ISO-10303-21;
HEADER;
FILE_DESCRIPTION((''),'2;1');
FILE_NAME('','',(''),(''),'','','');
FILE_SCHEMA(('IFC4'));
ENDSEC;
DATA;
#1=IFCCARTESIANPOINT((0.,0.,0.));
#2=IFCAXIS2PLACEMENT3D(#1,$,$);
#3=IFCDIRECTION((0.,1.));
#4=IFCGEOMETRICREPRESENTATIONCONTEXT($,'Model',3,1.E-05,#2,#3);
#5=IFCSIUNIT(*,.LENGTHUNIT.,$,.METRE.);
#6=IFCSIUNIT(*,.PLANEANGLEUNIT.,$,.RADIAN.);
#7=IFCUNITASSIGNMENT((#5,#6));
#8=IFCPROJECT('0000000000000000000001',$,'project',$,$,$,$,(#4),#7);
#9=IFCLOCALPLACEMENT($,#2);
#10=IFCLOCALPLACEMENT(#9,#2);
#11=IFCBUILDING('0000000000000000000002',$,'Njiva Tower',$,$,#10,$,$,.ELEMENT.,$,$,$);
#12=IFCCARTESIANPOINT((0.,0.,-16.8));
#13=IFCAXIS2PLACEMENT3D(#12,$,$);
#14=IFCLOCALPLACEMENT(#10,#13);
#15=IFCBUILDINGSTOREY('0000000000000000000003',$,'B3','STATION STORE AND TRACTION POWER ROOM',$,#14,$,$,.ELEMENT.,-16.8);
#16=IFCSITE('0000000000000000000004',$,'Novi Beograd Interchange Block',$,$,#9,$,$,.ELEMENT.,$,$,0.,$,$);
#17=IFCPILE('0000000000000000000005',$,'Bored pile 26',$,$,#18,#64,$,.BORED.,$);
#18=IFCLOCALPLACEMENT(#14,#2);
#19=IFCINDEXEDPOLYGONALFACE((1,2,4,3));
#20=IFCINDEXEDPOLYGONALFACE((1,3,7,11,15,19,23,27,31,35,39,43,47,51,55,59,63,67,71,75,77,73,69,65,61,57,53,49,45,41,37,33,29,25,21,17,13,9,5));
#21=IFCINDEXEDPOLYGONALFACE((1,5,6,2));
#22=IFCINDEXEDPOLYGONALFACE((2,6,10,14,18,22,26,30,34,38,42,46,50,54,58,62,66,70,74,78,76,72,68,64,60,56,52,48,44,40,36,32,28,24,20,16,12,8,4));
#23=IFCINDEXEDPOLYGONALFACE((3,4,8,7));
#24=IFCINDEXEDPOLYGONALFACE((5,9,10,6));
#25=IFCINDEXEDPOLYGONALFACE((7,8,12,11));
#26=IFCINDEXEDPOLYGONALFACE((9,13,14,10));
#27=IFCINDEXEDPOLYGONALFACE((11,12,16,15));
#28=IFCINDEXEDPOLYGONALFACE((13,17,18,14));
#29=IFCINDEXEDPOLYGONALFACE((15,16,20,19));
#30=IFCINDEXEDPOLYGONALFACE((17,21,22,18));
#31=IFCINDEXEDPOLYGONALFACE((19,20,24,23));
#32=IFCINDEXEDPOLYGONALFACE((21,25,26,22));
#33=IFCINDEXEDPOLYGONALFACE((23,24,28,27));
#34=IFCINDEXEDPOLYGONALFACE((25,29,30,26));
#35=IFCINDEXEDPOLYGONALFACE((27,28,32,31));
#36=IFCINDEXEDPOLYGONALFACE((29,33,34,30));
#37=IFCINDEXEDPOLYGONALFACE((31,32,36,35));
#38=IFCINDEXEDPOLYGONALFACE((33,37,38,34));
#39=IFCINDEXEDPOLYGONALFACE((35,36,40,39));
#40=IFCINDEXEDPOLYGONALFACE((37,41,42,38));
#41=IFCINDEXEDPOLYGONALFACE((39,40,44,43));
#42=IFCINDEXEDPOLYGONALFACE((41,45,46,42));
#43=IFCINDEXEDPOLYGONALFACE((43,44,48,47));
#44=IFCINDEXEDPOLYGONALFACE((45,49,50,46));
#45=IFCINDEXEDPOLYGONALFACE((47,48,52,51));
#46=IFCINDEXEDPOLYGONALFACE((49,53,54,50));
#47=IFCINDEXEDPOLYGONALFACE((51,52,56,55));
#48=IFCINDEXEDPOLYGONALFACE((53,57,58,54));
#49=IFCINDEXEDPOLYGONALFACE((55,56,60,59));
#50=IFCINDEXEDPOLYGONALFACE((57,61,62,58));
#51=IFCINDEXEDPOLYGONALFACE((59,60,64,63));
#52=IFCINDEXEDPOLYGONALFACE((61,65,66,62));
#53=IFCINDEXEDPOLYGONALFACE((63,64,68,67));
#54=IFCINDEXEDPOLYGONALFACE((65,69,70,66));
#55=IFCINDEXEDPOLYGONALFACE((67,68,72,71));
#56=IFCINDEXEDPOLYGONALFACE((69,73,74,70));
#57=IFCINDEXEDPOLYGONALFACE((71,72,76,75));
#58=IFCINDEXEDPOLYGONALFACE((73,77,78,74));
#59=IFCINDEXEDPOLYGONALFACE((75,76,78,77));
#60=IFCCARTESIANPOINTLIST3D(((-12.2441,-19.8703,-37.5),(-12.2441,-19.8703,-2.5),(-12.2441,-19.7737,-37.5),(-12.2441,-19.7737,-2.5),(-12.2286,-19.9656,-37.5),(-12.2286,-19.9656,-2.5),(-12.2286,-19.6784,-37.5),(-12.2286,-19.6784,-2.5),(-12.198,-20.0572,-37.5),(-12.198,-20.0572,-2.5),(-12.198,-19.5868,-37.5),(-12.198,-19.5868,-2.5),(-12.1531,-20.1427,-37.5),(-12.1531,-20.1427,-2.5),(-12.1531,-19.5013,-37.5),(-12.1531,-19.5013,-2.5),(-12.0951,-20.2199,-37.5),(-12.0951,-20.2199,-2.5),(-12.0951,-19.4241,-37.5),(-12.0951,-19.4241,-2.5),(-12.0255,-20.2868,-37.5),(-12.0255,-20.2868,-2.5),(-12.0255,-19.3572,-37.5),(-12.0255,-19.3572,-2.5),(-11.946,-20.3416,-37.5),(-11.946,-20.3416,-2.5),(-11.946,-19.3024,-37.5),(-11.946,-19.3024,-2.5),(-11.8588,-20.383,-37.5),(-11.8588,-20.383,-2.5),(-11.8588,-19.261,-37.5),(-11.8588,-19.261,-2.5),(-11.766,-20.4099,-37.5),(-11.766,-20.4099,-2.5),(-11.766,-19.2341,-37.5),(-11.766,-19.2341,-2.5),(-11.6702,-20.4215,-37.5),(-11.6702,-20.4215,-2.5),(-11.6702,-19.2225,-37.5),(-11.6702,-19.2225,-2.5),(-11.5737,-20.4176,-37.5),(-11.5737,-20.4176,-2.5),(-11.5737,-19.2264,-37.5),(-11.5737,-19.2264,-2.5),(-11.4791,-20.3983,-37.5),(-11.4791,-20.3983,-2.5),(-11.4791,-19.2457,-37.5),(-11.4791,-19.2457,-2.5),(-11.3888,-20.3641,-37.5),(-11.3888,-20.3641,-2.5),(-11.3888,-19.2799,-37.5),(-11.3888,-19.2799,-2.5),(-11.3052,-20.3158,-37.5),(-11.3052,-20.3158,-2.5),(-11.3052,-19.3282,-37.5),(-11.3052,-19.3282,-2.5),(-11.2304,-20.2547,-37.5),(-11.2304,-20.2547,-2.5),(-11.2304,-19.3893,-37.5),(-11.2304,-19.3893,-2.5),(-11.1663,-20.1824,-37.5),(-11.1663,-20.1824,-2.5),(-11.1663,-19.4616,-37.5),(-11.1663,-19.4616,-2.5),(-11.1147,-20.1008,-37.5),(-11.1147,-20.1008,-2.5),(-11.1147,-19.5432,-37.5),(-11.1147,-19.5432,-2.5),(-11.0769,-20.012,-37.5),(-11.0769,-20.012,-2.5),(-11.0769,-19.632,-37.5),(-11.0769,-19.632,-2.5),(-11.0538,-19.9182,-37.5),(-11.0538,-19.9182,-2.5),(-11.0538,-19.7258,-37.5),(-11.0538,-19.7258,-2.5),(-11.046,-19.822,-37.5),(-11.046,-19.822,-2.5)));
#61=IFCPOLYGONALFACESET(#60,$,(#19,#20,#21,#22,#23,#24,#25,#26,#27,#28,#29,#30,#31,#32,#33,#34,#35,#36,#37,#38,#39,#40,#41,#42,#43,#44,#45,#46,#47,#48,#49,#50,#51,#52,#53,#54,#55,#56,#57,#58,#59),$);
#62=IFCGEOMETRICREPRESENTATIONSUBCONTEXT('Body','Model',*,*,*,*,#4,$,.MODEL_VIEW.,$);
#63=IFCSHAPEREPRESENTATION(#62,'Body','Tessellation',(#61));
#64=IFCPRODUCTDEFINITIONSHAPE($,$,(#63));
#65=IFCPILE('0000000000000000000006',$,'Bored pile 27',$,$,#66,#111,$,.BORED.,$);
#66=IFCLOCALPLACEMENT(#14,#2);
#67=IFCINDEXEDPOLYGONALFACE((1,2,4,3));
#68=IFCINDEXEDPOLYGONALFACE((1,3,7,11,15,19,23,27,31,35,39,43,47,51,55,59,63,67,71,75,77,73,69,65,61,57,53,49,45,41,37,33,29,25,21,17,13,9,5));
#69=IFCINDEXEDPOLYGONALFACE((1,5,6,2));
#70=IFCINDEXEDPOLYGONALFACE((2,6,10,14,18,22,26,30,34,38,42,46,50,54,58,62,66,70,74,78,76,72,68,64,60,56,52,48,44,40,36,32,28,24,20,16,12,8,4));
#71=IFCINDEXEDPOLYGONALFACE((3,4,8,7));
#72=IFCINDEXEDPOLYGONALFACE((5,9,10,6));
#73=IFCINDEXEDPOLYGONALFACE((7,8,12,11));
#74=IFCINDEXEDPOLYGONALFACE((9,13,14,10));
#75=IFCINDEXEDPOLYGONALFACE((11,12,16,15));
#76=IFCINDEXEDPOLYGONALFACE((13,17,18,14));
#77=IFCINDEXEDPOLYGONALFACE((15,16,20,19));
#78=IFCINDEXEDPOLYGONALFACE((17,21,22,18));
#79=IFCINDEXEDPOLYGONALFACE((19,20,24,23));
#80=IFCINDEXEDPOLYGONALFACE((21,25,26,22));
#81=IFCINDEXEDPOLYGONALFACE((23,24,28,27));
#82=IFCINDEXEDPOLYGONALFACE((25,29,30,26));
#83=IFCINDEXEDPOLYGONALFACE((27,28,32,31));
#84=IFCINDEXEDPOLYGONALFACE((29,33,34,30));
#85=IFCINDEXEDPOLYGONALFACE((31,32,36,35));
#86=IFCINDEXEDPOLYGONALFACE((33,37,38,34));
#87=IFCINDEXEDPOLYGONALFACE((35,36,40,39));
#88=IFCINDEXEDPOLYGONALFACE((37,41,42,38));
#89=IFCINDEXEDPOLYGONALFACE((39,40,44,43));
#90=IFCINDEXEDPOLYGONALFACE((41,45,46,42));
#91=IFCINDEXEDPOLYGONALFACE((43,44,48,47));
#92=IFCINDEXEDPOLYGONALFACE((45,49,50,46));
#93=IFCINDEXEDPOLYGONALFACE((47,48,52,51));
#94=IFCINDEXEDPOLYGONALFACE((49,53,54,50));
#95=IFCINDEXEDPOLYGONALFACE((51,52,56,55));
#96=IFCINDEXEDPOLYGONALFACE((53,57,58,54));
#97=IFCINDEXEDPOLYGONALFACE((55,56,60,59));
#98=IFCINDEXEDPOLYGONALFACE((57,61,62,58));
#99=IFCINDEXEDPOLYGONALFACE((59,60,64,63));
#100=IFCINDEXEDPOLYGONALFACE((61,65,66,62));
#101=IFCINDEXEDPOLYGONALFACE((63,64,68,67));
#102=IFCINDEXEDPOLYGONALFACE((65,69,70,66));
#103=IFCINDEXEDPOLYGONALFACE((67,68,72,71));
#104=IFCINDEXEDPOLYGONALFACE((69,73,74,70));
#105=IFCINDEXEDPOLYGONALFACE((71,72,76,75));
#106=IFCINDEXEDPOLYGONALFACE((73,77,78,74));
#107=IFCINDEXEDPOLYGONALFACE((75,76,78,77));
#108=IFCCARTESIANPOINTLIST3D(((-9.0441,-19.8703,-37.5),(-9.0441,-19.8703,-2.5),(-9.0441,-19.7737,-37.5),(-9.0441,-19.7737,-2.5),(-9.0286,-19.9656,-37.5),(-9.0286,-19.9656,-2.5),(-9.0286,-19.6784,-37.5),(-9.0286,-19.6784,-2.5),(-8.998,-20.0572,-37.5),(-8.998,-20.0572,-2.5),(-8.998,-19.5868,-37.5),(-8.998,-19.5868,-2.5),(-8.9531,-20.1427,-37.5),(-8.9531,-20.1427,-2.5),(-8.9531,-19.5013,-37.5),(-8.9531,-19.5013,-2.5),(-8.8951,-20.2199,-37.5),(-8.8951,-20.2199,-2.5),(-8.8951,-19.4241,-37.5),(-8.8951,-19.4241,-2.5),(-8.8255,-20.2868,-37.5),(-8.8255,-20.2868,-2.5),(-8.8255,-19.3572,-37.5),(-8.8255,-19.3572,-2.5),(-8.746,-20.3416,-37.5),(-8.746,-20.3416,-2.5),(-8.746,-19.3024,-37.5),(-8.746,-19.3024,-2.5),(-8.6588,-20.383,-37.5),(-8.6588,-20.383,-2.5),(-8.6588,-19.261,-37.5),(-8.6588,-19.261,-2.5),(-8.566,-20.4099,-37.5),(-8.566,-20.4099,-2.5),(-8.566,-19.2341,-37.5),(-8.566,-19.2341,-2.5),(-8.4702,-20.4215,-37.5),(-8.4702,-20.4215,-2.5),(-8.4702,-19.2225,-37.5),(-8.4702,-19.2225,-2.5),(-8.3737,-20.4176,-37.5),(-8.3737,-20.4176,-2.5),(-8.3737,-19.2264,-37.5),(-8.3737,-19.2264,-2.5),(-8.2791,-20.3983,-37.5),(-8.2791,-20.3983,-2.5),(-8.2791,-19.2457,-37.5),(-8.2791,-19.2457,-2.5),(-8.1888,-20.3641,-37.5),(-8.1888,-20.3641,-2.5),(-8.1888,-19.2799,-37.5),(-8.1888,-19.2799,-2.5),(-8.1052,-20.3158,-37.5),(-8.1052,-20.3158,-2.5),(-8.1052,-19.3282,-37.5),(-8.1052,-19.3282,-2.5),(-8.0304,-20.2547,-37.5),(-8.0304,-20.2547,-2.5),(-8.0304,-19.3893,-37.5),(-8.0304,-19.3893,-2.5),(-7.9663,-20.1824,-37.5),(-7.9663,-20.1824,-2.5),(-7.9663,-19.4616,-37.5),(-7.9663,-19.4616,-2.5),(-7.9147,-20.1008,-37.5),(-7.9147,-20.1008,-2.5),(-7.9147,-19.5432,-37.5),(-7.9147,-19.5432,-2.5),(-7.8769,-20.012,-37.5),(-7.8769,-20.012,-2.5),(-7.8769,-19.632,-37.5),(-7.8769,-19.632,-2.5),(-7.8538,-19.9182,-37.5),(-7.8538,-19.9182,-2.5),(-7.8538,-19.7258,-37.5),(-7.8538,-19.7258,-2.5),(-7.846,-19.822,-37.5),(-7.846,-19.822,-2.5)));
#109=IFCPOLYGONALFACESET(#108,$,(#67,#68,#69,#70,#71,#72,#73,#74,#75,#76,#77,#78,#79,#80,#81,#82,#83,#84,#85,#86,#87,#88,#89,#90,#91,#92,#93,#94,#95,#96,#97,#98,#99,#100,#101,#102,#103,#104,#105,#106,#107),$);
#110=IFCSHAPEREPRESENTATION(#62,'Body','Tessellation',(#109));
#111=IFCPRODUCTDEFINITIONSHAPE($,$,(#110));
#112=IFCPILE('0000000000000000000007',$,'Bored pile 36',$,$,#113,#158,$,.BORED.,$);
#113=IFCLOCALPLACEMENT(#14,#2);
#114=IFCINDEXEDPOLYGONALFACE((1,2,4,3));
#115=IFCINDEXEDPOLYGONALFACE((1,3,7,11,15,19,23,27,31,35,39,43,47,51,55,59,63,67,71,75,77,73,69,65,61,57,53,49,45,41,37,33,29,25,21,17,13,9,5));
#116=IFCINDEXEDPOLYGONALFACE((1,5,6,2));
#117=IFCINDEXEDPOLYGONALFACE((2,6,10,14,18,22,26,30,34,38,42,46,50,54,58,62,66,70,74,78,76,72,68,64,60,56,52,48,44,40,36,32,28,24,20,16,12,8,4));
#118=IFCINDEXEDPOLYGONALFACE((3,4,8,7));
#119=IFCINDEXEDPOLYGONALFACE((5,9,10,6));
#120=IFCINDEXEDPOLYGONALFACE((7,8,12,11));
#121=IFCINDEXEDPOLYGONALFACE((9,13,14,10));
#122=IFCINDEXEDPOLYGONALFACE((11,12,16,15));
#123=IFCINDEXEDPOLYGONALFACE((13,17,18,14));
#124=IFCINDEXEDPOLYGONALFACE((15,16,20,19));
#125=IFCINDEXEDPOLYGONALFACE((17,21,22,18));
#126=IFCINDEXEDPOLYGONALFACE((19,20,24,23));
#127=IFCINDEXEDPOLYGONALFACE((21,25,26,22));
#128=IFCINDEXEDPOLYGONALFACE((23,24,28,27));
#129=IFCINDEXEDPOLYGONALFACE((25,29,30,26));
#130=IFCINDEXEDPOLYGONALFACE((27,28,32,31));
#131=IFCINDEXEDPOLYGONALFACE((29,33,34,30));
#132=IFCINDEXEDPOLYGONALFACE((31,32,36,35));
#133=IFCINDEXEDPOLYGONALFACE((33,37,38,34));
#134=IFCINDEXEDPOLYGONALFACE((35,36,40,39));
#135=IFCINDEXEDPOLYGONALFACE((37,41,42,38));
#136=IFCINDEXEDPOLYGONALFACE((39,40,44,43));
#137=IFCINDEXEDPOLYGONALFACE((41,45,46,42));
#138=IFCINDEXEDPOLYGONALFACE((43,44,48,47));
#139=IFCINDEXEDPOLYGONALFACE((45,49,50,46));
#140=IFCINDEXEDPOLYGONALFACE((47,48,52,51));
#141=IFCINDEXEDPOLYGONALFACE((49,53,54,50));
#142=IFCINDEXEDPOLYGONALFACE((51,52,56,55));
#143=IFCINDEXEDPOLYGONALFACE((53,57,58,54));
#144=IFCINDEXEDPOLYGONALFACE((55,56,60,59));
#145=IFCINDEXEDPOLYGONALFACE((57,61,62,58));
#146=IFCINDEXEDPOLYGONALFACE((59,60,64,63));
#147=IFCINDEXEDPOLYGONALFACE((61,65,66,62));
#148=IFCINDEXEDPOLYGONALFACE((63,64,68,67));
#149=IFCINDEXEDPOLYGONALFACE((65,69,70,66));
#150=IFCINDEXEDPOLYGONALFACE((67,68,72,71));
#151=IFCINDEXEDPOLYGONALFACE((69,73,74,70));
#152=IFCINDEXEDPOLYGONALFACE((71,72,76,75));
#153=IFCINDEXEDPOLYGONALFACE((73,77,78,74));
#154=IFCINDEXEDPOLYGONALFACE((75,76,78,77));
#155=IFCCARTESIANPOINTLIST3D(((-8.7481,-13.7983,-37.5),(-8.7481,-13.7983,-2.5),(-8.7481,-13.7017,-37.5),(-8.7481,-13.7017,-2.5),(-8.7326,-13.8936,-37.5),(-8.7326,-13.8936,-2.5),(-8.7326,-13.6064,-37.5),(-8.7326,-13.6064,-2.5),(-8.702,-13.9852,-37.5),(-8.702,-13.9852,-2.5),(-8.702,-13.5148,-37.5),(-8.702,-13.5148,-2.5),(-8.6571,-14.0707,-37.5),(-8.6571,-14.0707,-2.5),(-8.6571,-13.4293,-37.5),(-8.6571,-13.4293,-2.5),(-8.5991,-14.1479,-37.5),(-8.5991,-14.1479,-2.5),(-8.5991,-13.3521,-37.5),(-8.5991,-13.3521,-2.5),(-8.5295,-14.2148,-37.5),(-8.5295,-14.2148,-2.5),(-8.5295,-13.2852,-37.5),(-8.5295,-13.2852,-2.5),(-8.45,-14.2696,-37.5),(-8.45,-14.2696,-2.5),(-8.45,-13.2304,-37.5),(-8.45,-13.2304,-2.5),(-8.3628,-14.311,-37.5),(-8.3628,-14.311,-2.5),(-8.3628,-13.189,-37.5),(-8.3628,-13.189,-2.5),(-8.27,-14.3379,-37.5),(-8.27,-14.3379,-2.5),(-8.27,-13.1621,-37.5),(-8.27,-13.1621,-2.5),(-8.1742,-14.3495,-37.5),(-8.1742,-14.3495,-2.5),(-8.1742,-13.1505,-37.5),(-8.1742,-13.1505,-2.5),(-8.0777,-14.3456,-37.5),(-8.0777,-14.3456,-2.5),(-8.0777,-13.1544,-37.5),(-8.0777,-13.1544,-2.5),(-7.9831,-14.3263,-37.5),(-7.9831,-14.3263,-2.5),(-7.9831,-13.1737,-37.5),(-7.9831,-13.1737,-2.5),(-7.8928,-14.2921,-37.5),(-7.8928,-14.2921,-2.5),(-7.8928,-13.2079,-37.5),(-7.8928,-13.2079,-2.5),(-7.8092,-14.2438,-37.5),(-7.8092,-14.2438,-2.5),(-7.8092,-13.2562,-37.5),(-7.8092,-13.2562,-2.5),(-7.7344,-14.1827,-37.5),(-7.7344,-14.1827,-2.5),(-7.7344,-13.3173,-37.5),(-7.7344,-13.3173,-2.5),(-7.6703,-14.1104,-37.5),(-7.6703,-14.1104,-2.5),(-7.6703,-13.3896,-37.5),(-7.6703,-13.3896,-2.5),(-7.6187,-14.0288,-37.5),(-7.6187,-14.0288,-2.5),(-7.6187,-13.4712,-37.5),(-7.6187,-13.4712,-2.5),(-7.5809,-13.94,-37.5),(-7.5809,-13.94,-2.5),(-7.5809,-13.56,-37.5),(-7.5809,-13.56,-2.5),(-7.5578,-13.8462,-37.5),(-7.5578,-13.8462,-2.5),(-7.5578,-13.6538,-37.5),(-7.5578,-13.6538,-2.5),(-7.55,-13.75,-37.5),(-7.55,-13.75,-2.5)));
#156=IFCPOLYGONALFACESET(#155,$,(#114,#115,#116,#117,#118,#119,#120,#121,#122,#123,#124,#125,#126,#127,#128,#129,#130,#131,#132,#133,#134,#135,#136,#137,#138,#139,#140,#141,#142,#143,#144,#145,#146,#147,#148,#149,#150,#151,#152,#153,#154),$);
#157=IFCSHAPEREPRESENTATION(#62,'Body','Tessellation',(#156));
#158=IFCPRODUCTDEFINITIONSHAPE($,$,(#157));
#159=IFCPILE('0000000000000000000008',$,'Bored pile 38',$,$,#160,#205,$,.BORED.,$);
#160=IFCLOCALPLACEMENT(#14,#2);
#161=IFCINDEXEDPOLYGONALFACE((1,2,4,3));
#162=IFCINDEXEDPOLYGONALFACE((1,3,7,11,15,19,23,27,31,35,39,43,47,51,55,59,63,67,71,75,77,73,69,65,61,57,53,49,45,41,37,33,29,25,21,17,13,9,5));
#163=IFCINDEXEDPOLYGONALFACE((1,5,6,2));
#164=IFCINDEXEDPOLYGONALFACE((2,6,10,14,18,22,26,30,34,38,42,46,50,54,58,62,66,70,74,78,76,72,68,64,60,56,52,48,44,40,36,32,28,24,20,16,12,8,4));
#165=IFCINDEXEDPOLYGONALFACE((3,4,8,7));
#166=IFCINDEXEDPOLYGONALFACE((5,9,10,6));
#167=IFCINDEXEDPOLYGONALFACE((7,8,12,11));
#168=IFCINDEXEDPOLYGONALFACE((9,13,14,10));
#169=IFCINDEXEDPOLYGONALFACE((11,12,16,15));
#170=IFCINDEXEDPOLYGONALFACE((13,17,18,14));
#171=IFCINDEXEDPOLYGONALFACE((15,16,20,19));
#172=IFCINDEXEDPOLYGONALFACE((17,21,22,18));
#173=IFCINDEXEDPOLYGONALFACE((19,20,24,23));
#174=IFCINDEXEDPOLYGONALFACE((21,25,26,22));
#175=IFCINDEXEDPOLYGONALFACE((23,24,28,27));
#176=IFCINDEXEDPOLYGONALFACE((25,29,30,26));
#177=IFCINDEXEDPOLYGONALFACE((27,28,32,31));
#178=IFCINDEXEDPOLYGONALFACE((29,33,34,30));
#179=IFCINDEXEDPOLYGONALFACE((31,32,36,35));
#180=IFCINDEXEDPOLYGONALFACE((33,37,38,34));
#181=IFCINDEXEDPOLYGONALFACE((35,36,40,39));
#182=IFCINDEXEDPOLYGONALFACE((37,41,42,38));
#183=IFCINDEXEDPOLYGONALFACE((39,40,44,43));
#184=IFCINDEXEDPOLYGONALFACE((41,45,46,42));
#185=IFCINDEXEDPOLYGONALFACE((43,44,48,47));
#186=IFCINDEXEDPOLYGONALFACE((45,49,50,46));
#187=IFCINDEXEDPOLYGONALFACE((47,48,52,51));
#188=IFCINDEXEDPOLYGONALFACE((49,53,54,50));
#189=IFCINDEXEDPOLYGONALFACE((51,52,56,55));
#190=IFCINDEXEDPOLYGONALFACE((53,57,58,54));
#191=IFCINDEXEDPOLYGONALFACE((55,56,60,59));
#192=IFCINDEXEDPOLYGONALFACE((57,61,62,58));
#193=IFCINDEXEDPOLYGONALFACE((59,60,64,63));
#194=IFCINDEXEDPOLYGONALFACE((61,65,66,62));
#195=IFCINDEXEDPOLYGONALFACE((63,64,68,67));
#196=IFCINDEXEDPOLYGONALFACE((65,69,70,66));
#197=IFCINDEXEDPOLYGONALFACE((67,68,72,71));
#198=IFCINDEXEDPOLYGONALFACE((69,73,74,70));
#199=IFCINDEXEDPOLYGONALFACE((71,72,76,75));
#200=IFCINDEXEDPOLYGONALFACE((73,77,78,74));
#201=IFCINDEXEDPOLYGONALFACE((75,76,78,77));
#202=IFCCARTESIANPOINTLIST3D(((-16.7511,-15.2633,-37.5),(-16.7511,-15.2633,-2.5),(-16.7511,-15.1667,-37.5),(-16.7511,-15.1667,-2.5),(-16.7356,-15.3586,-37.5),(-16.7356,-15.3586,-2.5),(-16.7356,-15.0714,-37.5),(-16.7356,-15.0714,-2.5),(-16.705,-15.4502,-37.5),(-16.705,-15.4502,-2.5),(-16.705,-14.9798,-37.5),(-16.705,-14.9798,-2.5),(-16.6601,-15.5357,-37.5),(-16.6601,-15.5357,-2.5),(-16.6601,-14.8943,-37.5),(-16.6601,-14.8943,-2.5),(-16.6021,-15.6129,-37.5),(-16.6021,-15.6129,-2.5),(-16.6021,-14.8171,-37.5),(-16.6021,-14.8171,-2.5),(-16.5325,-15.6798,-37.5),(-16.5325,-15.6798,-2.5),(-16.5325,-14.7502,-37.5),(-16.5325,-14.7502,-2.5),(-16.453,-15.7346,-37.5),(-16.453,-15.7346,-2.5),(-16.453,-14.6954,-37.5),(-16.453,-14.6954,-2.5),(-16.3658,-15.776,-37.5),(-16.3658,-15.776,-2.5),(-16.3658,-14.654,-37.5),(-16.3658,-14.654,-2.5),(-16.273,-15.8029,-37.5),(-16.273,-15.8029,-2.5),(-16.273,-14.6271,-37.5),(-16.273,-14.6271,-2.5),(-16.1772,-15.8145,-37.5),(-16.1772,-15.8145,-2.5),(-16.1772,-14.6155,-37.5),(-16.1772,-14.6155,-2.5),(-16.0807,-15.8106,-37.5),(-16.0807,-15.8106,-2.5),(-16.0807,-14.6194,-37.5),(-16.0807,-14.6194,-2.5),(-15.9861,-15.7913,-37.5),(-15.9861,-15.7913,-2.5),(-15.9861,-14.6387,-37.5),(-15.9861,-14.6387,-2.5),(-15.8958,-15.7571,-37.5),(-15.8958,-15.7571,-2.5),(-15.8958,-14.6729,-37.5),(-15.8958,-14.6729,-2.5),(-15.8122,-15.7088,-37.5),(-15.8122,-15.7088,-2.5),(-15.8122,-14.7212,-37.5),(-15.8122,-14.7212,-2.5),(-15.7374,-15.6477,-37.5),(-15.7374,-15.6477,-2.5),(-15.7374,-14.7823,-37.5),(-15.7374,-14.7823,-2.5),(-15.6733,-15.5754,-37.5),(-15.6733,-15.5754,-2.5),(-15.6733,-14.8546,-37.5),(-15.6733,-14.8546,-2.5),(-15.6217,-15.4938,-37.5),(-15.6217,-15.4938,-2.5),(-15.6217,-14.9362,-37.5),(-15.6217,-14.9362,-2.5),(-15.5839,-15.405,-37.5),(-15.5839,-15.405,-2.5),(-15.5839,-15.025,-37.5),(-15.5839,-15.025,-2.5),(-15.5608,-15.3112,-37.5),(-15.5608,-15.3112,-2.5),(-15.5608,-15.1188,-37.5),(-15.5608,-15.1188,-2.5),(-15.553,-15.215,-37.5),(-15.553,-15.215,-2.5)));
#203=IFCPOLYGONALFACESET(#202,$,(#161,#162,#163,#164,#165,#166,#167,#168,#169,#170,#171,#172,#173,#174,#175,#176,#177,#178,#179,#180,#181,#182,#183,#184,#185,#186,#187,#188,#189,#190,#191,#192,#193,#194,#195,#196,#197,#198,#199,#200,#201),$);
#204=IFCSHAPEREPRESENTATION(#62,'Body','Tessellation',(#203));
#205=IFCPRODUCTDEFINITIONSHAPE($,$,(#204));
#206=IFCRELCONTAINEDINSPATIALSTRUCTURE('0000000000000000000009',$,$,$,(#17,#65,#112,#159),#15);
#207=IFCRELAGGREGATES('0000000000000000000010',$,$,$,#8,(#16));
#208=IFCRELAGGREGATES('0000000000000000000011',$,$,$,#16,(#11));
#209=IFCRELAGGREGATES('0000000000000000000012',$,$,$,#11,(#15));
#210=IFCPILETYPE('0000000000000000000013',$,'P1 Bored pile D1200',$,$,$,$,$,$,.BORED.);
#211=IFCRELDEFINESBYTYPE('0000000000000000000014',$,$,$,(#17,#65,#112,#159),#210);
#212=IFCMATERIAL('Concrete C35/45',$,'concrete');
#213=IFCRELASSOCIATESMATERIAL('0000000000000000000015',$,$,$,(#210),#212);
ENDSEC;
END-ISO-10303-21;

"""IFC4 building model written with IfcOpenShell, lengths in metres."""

from ifc_helpers import new_model, si_unit, direction, frame, origin, origin_2d, place, context, subcontext, project, spatial, circle, extrude, material, material_profile, profile_set, type_object, element, save


model = new_model("IFC4")

# Units and contexts
model_context = context("Model", 3, precision=1e-05, world=origin(), true_north=direction((0.0, 1.0)))
body_context = subcontext(model_context, "Body", "Model", "MODEL_VIEW")
ifc_project = project(units=[si_unit("LENGTHUNIT", "METRE"), si_unit("PLANEANGLEUNIT", "RADIAN")], contexts=[model_context])

# Site, building, storey
site_placement = place(None, origin())
site = spatial("IfcSite", under=ifc_project, at=site_placement, Name="Novi Beograd Interchange Block", CompositionType="ELEMENT", RefElevation=0.0)
building_placement = place(site_placement, origin())
building = spatial("IfcBuilding", under=site, at=building_placement, Name="Njiva Tower", CompositionType="ELEMENT")
storey_placement = place(building_placement, frame((0.0, 0.0, -16.8)))
storey = spatial("IfcBuildingStorey", under=building, at=storey_placement, Name="B3", Description="STATION STORE AND TRACTION POWER ROOM", CompositionType="ELEMENT", Elevation=-16.8)

# Piles
ifc_material_1 = material(Name="Concrete C35/45", Category="concrete")
ifc_material_profile_1 = material_profile(ifc_material_1, circle(Radius=0.6, at=origin_2d()), Name="D1200")
ifc_profile_set_1 = profile_set([ifc_material_profile_1], Name="Concrete C35/45")
pile_type = type_object("IfcPileType", Name="P1 Bored pile D1200", PredefinedType="BORED", material=ifc_profile_set_1)
for number, where, z_axis, x_axis, name in (
    (1, (-11.646, -19.822, -2.5), (0.0, 0.0, -1.0), (1.0, 0.0, 0.0), "Bored pile 26"),
    (2, (-8.446, -19.822, -2.5), (0.0, 0.0, -1.0), (1.0, 0.0, 0.0), "Bored pile 27"),
    (3, (-8.15, -13.75, -2.5), (0.0, 0.0, -1.0), (1.0, 0.0, 0.0), "Bored pile 36"),
    (4, (-16.153, -15.215, -2.5), (0.0, 0.0, -1.0), (1.0, 0.0, 0.0), "Bored pile 38"),
):
    element("IfcPile", number, at=place(storey_placement, frame(where, z_axis=z_axis, x_axis=x_axis)), inside=storey, type_object=pile_type, Name=name, PredefinedType="BORED", context=body_context, shape_type="SweptSolid", body=[
        extrude(circle(Radius=0.6, at=origin_2d()), origin(), (0.0, 0.0, 1.0), 35.0),
    ])

save(model, "model.ifc")
